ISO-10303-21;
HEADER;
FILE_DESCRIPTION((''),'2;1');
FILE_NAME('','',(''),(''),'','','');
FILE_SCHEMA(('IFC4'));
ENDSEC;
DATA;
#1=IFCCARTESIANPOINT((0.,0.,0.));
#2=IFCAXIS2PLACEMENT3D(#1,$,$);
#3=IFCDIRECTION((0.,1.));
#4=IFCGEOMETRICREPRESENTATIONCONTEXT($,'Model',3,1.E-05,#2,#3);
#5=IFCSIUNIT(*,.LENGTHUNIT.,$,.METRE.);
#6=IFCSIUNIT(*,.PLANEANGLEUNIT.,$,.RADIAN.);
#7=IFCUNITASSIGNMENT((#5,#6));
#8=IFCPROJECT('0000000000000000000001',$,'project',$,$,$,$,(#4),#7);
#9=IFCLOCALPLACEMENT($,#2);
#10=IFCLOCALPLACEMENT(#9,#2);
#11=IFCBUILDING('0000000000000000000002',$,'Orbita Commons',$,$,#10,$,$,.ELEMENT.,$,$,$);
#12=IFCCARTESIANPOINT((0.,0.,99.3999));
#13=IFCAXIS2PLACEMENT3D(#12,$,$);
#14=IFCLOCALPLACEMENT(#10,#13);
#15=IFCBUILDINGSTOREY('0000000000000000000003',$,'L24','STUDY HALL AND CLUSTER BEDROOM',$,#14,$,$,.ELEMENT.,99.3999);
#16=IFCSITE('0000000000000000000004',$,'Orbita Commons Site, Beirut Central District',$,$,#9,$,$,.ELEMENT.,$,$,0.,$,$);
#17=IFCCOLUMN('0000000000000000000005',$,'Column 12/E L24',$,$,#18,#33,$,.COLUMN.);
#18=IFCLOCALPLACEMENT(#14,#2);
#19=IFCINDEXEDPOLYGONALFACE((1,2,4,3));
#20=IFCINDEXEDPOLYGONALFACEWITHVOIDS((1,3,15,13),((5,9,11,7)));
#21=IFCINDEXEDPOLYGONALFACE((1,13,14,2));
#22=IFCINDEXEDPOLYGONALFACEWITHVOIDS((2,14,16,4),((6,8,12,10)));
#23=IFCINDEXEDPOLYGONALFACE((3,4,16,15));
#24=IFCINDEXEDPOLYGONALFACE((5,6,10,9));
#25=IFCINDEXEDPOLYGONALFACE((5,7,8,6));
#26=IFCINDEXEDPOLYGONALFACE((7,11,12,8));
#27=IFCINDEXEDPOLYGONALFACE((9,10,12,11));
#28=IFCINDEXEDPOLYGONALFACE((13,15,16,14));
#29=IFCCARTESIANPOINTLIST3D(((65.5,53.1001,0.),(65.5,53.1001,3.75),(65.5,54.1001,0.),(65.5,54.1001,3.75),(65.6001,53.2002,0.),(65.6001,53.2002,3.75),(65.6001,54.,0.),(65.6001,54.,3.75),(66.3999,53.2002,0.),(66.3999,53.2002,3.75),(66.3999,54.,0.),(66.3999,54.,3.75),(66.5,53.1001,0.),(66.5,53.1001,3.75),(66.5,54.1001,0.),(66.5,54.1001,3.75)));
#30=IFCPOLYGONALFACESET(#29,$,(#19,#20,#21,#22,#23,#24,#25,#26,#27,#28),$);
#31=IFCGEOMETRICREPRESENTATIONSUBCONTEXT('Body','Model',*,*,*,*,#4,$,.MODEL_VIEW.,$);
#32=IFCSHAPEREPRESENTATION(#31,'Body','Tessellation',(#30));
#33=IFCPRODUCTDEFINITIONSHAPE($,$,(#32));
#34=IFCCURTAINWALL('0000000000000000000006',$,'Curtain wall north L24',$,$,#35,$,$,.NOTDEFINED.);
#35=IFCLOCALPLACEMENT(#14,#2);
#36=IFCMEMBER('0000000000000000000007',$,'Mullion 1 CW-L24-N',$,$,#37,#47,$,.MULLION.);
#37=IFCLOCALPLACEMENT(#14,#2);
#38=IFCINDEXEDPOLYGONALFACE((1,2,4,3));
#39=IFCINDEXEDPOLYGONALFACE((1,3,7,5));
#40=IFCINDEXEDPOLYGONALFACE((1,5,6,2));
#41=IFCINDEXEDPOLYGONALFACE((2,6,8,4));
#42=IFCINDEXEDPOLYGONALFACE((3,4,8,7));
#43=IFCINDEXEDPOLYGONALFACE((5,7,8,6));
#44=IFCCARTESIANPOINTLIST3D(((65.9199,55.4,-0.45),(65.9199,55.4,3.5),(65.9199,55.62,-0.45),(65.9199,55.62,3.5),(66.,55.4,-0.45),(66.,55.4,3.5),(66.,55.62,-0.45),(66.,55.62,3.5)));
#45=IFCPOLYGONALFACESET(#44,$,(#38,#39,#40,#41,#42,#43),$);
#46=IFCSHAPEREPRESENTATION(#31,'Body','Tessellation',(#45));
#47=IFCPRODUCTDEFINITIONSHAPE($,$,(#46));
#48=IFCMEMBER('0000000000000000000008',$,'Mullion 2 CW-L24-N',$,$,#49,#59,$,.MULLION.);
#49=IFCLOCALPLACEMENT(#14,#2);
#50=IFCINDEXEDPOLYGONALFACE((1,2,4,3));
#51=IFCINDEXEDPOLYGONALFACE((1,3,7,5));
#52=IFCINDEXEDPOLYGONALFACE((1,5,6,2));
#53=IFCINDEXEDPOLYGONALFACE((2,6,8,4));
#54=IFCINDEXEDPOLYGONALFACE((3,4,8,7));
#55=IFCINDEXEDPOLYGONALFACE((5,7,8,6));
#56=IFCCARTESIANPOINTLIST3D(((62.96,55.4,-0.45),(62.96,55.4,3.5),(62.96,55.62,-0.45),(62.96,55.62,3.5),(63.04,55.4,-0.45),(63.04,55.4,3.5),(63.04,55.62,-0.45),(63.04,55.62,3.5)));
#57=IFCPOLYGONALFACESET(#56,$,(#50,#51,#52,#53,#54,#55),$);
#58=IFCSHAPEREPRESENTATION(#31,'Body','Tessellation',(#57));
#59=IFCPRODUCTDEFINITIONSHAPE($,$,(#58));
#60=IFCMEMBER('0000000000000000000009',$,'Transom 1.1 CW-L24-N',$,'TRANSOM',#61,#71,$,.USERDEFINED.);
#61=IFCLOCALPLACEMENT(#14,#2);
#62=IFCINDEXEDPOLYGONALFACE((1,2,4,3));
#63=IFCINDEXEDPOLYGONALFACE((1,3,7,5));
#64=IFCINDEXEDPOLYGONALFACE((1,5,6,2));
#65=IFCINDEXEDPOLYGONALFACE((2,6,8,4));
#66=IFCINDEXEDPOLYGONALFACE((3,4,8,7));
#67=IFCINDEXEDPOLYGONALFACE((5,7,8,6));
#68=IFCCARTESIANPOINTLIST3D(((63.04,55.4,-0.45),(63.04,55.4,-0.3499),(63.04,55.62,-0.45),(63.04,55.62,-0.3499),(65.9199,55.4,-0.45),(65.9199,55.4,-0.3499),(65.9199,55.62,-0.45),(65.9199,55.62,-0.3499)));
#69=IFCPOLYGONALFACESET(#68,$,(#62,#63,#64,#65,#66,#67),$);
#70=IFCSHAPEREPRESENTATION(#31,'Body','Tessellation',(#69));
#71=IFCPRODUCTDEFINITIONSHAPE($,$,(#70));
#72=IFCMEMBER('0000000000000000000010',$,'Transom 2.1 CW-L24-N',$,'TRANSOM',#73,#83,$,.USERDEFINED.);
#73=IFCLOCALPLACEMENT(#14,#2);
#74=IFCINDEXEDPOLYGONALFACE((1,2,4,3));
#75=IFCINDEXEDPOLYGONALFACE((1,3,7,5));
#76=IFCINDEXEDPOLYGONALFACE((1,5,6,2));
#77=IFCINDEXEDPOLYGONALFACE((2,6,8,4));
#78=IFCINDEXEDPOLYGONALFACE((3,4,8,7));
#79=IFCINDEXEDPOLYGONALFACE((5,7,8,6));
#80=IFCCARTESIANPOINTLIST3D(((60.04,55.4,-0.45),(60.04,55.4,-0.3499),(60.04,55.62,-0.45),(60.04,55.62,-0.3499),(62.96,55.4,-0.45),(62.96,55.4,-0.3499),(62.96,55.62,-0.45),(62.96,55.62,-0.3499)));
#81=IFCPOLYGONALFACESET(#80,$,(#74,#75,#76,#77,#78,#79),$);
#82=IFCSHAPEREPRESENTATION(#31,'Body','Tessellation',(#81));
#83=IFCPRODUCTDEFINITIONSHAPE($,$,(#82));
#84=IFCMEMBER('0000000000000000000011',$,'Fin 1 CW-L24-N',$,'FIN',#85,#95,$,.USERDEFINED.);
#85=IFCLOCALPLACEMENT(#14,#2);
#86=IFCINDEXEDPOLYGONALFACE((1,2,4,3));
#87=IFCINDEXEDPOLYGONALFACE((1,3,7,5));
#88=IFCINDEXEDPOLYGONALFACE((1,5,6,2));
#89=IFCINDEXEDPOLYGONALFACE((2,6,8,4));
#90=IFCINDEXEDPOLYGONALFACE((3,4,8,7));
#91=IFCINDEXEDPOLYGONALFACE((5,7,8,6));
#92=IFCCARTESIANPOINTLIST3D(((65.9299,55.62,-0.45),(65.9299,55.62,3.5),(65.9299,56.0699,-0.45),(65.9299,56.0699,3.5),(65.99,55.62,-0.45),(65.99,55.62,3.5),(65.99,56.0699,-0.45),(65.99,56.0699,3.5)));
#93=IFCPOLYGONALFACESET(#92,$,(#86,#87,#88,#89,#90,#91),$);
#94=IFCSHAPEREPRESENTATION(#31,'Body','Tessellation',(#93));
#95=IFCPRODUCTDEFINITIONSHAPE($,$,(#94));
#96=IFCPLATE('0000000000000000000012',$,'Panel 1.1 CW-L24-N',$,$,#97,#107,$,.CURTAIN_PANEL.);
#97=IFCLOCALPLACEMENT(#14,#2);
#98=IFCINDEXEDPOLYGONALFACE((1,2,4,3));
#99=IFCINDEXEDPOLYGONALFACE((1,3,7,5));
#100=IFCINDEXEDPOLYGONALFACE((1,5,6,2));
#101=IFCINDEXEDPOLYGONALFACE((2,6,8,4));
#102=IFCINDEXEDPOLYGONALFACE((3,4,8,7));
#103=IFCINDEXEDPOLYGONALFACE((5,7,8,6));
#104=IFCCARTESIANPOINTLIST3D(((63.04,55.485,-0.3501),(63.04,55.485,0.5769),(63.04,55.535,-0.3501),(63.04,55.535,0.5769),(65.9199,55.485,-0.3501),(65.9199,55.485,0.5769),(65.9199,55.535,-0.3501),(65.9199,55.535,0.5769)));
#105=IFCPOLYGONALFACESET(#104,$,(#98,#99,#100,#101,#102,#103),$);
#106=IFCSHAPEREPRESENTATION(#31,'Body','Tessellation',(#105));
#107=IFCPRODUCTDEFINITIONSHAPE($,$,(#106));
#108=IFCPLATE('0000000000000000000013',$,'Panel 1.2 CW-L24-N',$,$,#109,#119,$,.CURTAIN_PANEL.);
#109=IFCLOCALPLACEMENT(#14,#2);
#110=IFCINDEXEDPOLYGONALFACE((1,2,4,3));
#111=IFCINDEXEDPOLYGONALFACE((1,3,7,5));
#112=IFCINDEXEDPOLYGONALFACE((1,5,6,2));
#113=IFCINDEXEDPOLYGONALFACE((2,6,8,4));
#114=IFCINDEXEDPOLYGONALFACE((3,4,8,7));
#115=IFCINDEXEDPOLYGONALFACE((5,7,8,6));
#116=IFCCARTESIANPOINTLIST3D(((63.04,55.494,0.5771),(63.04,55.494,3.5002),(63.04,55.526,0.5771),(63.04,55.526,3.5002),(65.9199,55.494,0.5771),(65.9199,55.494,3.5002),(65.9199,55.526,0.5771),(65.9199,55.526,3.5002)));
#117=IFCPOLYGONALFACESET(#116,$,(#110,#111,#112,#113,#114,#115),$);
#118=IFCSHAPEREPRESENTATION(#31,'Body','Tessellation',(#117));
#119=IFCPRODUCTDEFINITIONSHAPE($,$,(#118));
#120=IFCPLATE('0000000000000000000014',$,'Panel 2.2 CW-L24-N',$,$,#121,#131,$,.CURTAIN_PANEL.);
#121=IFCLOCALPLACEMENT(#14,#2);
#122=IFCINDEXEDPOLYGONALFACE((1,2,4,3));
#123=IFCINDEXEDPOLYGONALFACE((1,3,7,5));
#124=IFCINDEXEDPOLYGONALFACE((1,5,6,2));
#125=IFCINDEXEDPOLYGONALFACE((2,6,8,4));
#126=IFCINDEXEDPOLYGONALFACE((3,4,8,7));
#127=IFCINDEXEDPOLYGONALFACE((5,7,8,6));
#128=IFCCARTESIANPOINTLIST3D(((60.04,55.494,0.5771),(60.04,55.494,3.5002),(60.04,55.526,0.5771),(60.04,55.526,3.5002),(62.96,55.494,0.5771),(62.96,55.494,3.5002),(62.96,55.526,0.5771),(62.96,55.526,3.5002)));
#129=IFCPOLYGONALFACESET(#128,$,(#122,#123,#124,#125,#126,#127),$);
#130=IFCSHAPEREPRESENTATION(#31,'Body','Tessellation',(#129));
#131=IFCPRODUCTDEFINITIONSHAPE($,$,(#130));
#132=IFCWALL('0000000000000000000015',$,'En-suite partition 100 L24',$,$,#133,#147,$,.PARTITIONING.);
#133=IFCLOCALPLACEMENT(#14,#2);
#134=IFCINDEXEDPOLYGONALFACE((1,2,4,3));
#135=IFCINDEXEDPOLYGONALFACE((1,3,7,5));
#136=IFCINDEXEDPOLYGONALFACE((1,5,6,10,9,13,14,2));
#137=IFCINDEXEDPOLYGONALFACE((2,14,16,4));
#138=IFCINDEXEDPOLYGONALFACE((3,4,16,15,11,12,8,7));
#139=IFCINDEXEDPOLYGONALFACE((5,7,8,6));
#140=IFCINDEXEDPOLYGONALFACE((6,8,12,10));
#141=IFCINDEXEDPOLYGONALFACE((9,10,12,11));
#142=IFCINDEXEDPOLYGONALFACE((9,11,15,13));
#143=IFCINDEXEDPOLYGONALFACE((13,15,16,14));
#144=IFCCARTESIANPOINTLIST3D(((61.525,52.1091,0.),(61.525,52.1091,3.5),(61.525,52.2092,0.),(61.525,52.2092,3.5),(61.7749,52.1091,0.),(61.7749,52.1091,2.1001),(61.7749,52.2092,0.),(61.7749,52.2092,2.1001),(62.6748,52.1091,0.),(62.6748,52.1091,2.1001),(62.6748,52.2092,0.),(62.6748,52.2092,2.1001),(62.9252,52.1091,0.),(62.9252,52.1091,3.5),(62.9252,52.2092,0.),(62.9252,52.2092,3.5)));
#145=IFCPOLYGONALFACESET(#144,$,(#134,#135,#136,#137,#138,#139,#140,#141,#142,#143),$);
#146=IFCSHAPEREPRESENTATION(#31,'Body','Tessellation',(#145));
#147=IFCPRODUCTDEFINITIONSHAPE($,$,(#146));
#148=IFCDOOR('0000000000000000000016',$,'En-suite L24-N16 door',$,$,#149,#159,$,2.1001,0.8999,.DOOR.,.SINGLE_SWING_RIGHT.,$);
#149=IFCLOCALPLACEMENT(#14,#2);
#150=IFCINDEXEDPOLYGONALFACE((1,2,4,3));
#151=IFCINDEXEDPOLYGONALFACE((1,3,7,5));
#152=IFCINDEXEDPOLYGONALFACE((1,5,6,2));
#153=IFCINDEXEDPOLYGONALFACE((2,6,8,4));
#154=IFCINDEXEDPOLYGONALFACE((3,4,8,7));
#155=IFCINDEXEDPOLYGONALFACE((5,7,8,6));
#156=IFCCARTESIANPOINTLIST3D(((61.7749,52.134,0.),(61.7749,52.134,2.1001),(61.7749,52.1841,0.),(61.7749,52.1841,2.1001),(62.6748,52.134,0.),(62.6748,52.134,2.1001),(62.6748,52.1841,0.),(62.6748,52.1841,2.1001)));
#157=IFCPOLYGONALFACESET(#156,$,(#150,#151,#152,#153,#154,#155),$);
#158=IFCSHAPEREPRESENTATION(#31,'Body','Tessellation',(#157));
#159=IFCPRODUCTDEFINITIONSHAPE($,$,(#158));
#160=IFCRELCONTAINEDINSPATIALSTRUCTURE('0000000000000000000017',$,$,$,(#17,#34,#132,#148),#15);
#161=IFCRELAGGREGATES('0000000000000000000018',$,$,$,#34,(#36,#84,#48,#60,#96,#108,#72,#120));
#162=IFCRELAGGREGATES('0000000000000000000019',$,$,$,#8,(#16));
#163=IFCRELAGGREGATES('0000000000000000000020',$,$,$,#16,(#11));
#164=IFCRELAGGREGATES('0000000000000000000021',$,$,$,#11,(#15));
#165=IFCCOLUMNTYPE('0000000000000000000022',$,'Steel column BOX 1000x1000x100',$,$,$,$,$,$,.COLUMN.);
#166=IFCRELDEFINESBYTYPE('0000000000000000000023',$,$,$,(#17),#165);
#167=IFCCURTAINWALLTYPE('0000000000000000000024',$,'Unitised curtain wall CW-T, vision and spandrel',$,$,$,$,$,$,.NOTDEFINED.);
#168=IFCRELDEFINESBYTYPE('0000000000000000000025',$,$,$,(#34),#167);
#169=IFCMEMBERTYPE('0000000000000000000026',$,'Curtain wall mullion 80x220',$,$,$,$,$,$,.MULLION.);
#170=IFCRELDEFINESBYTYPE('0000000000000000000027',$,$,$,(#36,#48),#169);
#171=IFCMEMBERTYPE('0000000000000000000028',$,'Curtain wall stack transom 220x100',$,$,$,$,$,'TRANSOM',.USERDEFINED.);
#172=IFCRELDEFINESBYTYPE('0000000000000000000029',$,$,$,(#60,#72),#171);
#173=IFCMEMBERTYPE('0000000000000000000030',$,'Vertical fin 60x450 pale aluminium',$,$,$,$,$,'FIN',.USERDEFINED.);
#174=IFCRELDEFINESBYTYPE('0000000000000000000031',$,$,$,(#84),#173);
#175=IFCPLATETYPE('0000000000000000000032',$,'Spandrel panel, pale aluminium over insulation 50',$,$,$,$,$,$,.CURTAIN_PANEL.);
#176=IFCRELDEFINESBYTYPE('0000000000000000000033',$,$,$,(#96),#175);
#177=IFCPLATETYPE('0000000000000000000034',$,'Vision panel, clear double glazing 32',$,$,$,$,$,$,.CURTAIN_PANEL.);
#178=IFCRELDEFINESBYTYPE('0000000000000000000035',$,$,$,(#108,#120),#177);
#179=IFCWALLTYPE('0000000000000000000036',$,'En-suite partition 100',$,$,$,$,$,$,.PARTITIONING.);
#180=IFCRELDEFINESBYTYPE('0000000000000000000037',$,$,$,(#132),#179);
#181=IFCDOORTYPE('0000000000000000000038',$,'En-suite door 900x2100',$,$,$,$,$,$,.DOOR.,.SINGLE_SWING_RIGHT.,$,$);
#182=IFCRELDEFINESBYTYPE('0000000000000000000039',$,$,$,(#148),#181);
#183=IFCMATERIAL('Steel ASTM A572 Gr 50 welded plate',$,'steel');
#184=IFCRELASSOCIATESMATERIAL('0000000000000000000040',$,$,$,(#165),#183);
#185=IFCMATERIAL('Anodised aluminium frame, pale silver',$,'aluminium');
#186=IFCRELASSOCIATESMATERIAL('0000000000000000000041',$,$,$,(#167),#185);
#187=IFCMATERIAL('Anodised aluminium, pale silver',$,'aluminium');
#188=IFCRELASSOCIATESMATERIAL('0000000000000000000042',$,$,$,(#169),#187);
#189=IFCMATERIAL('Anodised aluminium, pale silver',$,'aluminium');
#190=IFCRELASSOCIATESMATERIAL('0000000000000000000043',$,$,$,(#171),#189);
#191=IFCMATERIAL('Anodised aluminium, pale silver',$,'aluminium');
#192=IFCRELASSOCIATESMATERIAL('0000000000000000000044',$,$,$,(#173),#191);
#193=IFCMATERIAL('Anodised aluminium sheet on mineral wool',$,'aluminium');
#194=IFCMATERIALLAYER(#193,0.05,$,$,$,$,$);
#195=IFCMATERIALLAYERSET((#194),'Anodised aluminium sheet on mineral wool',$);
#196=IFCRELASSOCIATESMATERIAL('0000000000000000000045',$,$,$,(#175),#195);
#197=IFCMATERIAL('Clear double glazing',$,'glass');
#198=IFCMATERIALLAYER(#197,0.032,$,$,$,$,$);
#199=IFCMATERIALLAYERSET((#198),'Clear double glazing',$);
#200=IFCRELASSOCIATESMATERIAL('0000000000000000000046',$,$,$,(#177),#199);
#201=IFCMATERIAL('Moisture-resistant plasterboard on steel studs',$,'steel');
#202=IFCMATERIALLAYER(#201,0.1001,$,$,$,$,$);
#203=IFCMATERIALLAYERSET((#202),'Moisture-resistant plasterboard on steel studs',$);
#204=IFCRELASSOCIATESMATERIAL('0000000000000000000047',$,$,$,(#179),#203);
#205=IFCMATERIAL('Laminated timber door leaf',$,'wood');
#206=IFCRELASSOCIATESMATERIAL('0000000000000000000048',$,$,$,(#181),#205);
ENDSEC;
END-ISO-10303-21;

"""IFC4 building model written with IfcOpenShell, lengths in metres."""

from ifc_helpers import new_model, si_unit, direction, frame, frame_2d, origin, origin_2d, place, context, subcontext, project, spatial, rectangle, hollow_rectangle, extrude, material, layer, layer_set, material_profile, profile_set, type_object, element, fill, aggregate, save


model = new_model("IFC4")

# Units and contexts
model_context = context("Model", 3, precision=1e-05, world=origin(), true_north=direction((0.0, 1.0)))
body_context = subcontext(model_context, "Body", "Model", "MODEL_VIEW")
ifc_project = project(units=[si_unit("LENGTHUNIT", "METRE"), si_unit("PLANEANGLEUNIT", "RADIAN")], contexts=[model_context])

# Site, building, storey
site_placement = place(None, origin())
site = spatial("IfcSite", under=ifc_project, at=site_placement, Name="Orbita Commons Site, Beirut Central District", CompositionType="ELEMENT", RefElevation=0.0)
building_placement = place(site_placement, origin())
building = spatial("IfcBuilding", under=site, at=building_placement, Name="Orbita Commons", CompositionType="ELEMENT")
storey_placement = place(building_placement, frame((0.0, 0.0, 99.3999)))
storey = spatial("IfcBuildingStorey", under=building, at=storey_placement, Name="L24", Description="STUDY HALL AND CLUSTER BEDROOM", CompositionType="ELEMENT", Elevation=99.3999)

# Column
ifc_material_1 = material(Name="Steel ASTM A572 Gr 50 welded plate", Category="steel")
ifc_material_profile_1 = material_profile(ifc_material_1, hollow_rectangle(XDim=1.0, YDim=1.0, WallThickness=0.1001, at=origin_2d()), Name="BOX 1000x1000x100")
ifc_profile_set_1 = profile_set([ifc_material_profile_1], Name="Steel ASTM A572 Gr 50 welded plate")
column_type = type_object("IfcColumnType", Name="Steel column BOX 1000x1000x100", PredefinedType="COLUMN", material=ifc_profile_set_1)
column_placement = place(storey_placement, frame((66.0, 53.6001, 0.0), z_axis=(0.0, 0.0, 1.0), x_axis=(1.0, 0.0, 0.0)))
element("IfcColumn", 1, at=column_placement, inside=storey, type_object=column_type, Name="Column 12/E L24", PredefinedType="COLUMN", context=body_context, shape_type="SweptSolid", body=[
    extrude(hollow_rectangle(XDim=1.0, YDim=1.0, WallThickness=0.1001, at=origin_2d()), origin(), (0.0, 0.0, 1.0), 3.75),
])

# Curtain wall, members, plates
ifc_material_2 = material(Name="Anodised aluminium frame, pale silver", Category="aluminium")
curtain_wall_type = type_object("IfcCurtainWallType", Name="Unitised curtain wall CW-T, vision and spandrel", PredefinedType="NOTDEFINED", material=ifc_material_2)
curtain_wall_placement = place(storey_placement, origin())
curtain_wall = element("IfcCurtainWall", 2, at=curtain_wall_placement, inside=storey, type_object=curtain_wall_type, Name="Curtain wall north L24", PredefinedType="NOTDEFINED")
ifc_material_3 = material(Name="Anodised aluminium, pale silver", Category="aluminium")
ifc_material_profile_2 = material_profile(ifc_material_3, rectangle(XDim=0.0801, YDim=0.22, at=origin_2d()), Name="AL 80x220")
ifc_profile_set_2 = profile_set([ifc_material_profile_2], Name="Anodised aluminium, pale silver")
member_type_1 = type_object("IfcMemberType", Name="Curtain wall mullion 80x220", PredefinedType="MULLION", material=ifc_profile_set_2)
member_1_placement = place(storey_placement, frame((65.96, 55.51, -0.45), z_axis=(0.0, 0.0, 1.0), x_axis=(-1.0, 0.0, 0.0)))
member_1 = element("IfcMember", 3, at=member_1_placement, type_object=member_type_1, Name="Mullion 1 CW-L24-N", PredefinedType="MULLION", context=body_context, shape_type="SweptSolid", body=[
    extrude(rectangle(XDim=0.0801, YDim=0.22, at=origin_2d()), origin(), (0.0, 0.0, 1.0), 3.95),
])
member_2_placement = place(storey_placement, frame((63.0, 55.51, -0.45), z_axis=(0.0, 0.0, 1.0), x_axis=(-1.0, 0.0, 0.0)))
member_2 = element("IfcMember", 4, at=member_2_placement, type_object=member_type_1, Name="Mullion 2 CW-L24-N", PredefinedType="MULLION", context=body_context, shape_type="SweptSolid", body=[
    extrude(rectangle(XDim=0.0801, YDim=0.22, at=origin_2d()), origin(), (0.0, 0.0, 1.0), 3.95),
])
ifc_material_4 = material(Name="Anodised aluminium, pale silver", Category="aluminium")
ifc_material_profile_3 = material_profile(ifc_material_4, rectangle(XDim=0.22, YDim=0.1001, at=origin_2d()), Name="AL 220x100")
ifc_profile_set_3 = profile_set([ifc_material_profile_3], Name="Anodised aluminium, pale silver")
member_type_2 = type_object("IfcMemberType", Name="Curtain wall stack transom 220x100", ElementType="TRANSOM", PredefinedType="USERDEFINED", material=ifc_profile_set_3)
member_3_placement = place(storey_placement, frame((65.9199, 55.51, -0.3999), z_axis=(-1.0, 0.0, 0.0), x_axis=(0.0, -1.0, 0.0)))
member_3 = element("IfcMember", 5, at=member_3_placement, type_object=member_type_2, Name="Transom 1.1 CW-L24-N", ObjectType="TRANSOM", PredefinedType="USERDEFINED", context=body_context, shape_type="SweptSolid", body=[
    extrude(rectangle(XDim=0.22, YDim=0.1001, at=origin_2d()), origin(), (0.0, 0.0, 1.0), 2.8799),
])
member_4_placement = place(storey_placement, frame((62.96, 55.51, -0.3999), z_axis=(-1.0, 0.0, 0.0), x_axis=(0.0, -1.0, 0.0)))
member_4 = element("IfcMember", 6, at=member_4_placement, type_object=member_type_2, Name="Transom 2.1 CW-L24-N", ObjectType="TRANSOM", PredefinedType="USERDEFINED", context=body_context, shape_type="SweptSolid", body=[
    extrude(rectangle(XDim=0.22, YDim=0.1001, at=origin_2d()), origin(), (0.0, 0.0, 1.0), 2.9199),
])
ifc_material_5 = material(Name="Anodised aluminium, pale silver", Category="aluminium")
ifc_material_profile_4 = material_profile(ifc_material_5, rectangle(XDim=0.0601, YDim=0.45, at=origin_2d()), Name="FIN 60x450")
ifc_profile_set_4 = profile_set([ifc_material_profile_4], Name="Anodised aluminium, pale silver")
member_type_3 = type_object("IfcMemberType", Name="Vertical fin 60x450 pale aluminium", ElementType="FIN", PredefinedType="USERDEFINED", material=ifc_profile_set_4)
member_5_placement = place(storey_placement, frame((65.96, 55.845, -0.45), z_axis=(0.0, 0.0, 1.0), x_axis=(-1.0, 0.0, 0.0)))
member_5 = element("IfcMember", 7, at=member_5_placement, type_object=member_type_3, Name="Fin 1 CW-L24-N", ObjectType="FIN", PredefinedType="USERDEFINED", context=body_context, shape_type="SweptSolid", body=[
    extrude(rectangle(XDim=0.0601, YDim=0.45, at=origin_2d()), origin(), (0.0, 0.0, 1.0), 3.95),
])
ifc_material_6 = material(Name="Anodised aluminium sheet on mineral wool", Category="aluminium")
ifc_layer_1 = layer(ifc_material_6, 0.05)
ifc_layer_set_1 = layer_set([ifc_layer_1], Name="Anodised aluminium sheet on mineral wool")
plate_type_1 = type_object("IfcPlateType", Name="Spandrel panel, pale aluminium over insulation 50", PredefinedType="CURTAIN_PANEL", material=ifc_layer_set_1)
plate_1_placement = place(storey_placement, frame((64.48, 55.51, -0.3501), z_axis=(0.0, 0.0, 1.0), x_axis=(-1.0, 0.0, 0.0)))
plate_1 = element("IfcPlate", 8, at=plate_1_placement, type_object=plate_type_1, Name="Panel 1.1 CW-L24-N", PredefinedType="CURTAIN_PANEL", context=body_context, shape_type="SweptSolid", body=[
    extrude(rectangle(XDim=2.8799, YDim=0.05, at=origin_2d()), origin(), (0.0, 0.0, 1.0), 0.927),
])
ifc_material_7 = material(Name="Clear double glazing", Category="glass")
ifc_layer_2 = layer(ifc_material_7, 0.032)
ifc_layer_set_2 = layer_set([ifc_layer_2], Name="Clear double glazing")
plate_type_2 = type_object("IfcPlateType", Name="Vision panel, clear double glazing 32", PredefinedType="CURTAIN_PANEL", material=ifc_layer_set_2)
plate_2_placement = place(storey_placement, frame((64.48, 55.51, 0.5771), z_axis=(0.0, 0.0, 1.0), x_axis=(-1.0, 0.0, 0.0)))
plate_2 = element("IfcPlate", 9, at=plate_2_placement, type_object=plate_type_2, Name="Panel 1.2 CW-L24-N", PredefinedType="CURTAIN_PANEL", context=body_context, shape_type="SweptSolid", body=[
    extrude(rectangle(XDim=2.8799, YDim=0.032, at=origin_2d()), origin(), (0.0, 0.0, 1.0), 2.9231),
])
plate_3_placement = place(storey_placement, frame((61.5, 55.51, 0.5771), z_axis=(0.0, 0.0, 1.0), x_axis=(-1.0, 0.0, 0.0)))
plate_3 = element("IfcPlate", 10, at=plate_3_placement, type_object=plate_type_2, Name="Panel 2.2 CW-L24-N", PredefinedType="CURTAIN_PANEL", context=body_context, shape_type="SweptSolid", body=[
    extrude(rectangle(XDim=2.9199, YDim=0.032, at=origin_2d()), origin(), (0.0, 0.0, 1.0), 2.9231),
])
aggregate(curtain_wall, [member_1, member_5, member_2, member_3, plate_1, plate_2, member_4, plate_3])

# Wall, opening, door
ifc_material_8 = material(Name="Moisture-resistant plasterboard on steel studs", Category="steel")
ifc_layer_3 = layer(ifc_material_8, 0.1001)
ifc_layer_set_3 = layer_set([ifc_layer_3], Name="Moisture-resistant plasterboard on steel studs")
wall_type_1 = type_object("IfcWallType", Name="En-suite partition 100", PredefinedType="PARTITIONING", material=ifc_layer_set_3)
wall_1_placement = place(storey_placement, frame((61.5249, 52.1592, 0.0), z_axis=(0.0, 0.0, 1.0), x_axis=(1.0, 0.0, 0.0)))
wall_1 = element("IfcWall", 11, at=wall_1_placement, inside=storey, type_object=wall_type_1, Name="En-suite partition 100 L24", PredefinedType="PARTITIONING", context=body_context, shape_type="SweptSolid", body=[
    extrude(rectangle(XDim=1.4001, YDim=0.1001, at=frame_2d((0.7002, 0.0))), origin(), (0.0, 0.0, 1.0), 3.5),
])
opening_1_placement = place(wall_1_placement, frame((0.25, 0.0, 0.0)))
opening_1 = element("IfcOpeningElement", 12, at=opening_1_placement, cuts=wall_1, PredefinedType="OPENING", context=body_context, shape_type="SweptSolid", body=[
    extrude(rectangle(XDim=0.8999, YDim=2.1001, at=frame_2d((0.45, 1.05))), frame((0.0, 0.0601, 0.0), z_axis=(0.0, -1.0, 0.0), x_axis=(1.0, 0.0, 0.0)), (0.0, 0.0, 1.0), 0.1201),
])
ifc_material_9 = material(Name="Laminated timber door leaf", Category="wood")
door_type = type_object("IfcDoorType", Name="En-suite door 900x2100", OperationType="SINGLE_SWING_RIGHT", PredefinedType="DOOR", material=ifc_material_9)
door_1_placement = place(opening_1_placement, origin())
door_1 = element("IfcDoor", 13, at=door_1_placement, inside=storey, type_object=door_type, Name="En-suite L24-N16 door", OperationType="SINGLE_SWING_RIGHT", OverallHeight=2.1001, OverallWidth=0.8999, PredefinedType="DOOR", context=body_context, shape_type="SweptSolid", body=[
    extrude(rectangle(XDim=0.8999, YDim=2.1001, at=frame_2d((0.45, 1.05))), frame((0.0, 0.0249, 0.0), z_axis=(0.0, -1.0, 0.0), x_axis=(1.0, 0.0, 0.0)), (0.0, 0.0, 1.0), 0.05),
])
fill(opening_1, door_1)

save(model, "model.ifc")
